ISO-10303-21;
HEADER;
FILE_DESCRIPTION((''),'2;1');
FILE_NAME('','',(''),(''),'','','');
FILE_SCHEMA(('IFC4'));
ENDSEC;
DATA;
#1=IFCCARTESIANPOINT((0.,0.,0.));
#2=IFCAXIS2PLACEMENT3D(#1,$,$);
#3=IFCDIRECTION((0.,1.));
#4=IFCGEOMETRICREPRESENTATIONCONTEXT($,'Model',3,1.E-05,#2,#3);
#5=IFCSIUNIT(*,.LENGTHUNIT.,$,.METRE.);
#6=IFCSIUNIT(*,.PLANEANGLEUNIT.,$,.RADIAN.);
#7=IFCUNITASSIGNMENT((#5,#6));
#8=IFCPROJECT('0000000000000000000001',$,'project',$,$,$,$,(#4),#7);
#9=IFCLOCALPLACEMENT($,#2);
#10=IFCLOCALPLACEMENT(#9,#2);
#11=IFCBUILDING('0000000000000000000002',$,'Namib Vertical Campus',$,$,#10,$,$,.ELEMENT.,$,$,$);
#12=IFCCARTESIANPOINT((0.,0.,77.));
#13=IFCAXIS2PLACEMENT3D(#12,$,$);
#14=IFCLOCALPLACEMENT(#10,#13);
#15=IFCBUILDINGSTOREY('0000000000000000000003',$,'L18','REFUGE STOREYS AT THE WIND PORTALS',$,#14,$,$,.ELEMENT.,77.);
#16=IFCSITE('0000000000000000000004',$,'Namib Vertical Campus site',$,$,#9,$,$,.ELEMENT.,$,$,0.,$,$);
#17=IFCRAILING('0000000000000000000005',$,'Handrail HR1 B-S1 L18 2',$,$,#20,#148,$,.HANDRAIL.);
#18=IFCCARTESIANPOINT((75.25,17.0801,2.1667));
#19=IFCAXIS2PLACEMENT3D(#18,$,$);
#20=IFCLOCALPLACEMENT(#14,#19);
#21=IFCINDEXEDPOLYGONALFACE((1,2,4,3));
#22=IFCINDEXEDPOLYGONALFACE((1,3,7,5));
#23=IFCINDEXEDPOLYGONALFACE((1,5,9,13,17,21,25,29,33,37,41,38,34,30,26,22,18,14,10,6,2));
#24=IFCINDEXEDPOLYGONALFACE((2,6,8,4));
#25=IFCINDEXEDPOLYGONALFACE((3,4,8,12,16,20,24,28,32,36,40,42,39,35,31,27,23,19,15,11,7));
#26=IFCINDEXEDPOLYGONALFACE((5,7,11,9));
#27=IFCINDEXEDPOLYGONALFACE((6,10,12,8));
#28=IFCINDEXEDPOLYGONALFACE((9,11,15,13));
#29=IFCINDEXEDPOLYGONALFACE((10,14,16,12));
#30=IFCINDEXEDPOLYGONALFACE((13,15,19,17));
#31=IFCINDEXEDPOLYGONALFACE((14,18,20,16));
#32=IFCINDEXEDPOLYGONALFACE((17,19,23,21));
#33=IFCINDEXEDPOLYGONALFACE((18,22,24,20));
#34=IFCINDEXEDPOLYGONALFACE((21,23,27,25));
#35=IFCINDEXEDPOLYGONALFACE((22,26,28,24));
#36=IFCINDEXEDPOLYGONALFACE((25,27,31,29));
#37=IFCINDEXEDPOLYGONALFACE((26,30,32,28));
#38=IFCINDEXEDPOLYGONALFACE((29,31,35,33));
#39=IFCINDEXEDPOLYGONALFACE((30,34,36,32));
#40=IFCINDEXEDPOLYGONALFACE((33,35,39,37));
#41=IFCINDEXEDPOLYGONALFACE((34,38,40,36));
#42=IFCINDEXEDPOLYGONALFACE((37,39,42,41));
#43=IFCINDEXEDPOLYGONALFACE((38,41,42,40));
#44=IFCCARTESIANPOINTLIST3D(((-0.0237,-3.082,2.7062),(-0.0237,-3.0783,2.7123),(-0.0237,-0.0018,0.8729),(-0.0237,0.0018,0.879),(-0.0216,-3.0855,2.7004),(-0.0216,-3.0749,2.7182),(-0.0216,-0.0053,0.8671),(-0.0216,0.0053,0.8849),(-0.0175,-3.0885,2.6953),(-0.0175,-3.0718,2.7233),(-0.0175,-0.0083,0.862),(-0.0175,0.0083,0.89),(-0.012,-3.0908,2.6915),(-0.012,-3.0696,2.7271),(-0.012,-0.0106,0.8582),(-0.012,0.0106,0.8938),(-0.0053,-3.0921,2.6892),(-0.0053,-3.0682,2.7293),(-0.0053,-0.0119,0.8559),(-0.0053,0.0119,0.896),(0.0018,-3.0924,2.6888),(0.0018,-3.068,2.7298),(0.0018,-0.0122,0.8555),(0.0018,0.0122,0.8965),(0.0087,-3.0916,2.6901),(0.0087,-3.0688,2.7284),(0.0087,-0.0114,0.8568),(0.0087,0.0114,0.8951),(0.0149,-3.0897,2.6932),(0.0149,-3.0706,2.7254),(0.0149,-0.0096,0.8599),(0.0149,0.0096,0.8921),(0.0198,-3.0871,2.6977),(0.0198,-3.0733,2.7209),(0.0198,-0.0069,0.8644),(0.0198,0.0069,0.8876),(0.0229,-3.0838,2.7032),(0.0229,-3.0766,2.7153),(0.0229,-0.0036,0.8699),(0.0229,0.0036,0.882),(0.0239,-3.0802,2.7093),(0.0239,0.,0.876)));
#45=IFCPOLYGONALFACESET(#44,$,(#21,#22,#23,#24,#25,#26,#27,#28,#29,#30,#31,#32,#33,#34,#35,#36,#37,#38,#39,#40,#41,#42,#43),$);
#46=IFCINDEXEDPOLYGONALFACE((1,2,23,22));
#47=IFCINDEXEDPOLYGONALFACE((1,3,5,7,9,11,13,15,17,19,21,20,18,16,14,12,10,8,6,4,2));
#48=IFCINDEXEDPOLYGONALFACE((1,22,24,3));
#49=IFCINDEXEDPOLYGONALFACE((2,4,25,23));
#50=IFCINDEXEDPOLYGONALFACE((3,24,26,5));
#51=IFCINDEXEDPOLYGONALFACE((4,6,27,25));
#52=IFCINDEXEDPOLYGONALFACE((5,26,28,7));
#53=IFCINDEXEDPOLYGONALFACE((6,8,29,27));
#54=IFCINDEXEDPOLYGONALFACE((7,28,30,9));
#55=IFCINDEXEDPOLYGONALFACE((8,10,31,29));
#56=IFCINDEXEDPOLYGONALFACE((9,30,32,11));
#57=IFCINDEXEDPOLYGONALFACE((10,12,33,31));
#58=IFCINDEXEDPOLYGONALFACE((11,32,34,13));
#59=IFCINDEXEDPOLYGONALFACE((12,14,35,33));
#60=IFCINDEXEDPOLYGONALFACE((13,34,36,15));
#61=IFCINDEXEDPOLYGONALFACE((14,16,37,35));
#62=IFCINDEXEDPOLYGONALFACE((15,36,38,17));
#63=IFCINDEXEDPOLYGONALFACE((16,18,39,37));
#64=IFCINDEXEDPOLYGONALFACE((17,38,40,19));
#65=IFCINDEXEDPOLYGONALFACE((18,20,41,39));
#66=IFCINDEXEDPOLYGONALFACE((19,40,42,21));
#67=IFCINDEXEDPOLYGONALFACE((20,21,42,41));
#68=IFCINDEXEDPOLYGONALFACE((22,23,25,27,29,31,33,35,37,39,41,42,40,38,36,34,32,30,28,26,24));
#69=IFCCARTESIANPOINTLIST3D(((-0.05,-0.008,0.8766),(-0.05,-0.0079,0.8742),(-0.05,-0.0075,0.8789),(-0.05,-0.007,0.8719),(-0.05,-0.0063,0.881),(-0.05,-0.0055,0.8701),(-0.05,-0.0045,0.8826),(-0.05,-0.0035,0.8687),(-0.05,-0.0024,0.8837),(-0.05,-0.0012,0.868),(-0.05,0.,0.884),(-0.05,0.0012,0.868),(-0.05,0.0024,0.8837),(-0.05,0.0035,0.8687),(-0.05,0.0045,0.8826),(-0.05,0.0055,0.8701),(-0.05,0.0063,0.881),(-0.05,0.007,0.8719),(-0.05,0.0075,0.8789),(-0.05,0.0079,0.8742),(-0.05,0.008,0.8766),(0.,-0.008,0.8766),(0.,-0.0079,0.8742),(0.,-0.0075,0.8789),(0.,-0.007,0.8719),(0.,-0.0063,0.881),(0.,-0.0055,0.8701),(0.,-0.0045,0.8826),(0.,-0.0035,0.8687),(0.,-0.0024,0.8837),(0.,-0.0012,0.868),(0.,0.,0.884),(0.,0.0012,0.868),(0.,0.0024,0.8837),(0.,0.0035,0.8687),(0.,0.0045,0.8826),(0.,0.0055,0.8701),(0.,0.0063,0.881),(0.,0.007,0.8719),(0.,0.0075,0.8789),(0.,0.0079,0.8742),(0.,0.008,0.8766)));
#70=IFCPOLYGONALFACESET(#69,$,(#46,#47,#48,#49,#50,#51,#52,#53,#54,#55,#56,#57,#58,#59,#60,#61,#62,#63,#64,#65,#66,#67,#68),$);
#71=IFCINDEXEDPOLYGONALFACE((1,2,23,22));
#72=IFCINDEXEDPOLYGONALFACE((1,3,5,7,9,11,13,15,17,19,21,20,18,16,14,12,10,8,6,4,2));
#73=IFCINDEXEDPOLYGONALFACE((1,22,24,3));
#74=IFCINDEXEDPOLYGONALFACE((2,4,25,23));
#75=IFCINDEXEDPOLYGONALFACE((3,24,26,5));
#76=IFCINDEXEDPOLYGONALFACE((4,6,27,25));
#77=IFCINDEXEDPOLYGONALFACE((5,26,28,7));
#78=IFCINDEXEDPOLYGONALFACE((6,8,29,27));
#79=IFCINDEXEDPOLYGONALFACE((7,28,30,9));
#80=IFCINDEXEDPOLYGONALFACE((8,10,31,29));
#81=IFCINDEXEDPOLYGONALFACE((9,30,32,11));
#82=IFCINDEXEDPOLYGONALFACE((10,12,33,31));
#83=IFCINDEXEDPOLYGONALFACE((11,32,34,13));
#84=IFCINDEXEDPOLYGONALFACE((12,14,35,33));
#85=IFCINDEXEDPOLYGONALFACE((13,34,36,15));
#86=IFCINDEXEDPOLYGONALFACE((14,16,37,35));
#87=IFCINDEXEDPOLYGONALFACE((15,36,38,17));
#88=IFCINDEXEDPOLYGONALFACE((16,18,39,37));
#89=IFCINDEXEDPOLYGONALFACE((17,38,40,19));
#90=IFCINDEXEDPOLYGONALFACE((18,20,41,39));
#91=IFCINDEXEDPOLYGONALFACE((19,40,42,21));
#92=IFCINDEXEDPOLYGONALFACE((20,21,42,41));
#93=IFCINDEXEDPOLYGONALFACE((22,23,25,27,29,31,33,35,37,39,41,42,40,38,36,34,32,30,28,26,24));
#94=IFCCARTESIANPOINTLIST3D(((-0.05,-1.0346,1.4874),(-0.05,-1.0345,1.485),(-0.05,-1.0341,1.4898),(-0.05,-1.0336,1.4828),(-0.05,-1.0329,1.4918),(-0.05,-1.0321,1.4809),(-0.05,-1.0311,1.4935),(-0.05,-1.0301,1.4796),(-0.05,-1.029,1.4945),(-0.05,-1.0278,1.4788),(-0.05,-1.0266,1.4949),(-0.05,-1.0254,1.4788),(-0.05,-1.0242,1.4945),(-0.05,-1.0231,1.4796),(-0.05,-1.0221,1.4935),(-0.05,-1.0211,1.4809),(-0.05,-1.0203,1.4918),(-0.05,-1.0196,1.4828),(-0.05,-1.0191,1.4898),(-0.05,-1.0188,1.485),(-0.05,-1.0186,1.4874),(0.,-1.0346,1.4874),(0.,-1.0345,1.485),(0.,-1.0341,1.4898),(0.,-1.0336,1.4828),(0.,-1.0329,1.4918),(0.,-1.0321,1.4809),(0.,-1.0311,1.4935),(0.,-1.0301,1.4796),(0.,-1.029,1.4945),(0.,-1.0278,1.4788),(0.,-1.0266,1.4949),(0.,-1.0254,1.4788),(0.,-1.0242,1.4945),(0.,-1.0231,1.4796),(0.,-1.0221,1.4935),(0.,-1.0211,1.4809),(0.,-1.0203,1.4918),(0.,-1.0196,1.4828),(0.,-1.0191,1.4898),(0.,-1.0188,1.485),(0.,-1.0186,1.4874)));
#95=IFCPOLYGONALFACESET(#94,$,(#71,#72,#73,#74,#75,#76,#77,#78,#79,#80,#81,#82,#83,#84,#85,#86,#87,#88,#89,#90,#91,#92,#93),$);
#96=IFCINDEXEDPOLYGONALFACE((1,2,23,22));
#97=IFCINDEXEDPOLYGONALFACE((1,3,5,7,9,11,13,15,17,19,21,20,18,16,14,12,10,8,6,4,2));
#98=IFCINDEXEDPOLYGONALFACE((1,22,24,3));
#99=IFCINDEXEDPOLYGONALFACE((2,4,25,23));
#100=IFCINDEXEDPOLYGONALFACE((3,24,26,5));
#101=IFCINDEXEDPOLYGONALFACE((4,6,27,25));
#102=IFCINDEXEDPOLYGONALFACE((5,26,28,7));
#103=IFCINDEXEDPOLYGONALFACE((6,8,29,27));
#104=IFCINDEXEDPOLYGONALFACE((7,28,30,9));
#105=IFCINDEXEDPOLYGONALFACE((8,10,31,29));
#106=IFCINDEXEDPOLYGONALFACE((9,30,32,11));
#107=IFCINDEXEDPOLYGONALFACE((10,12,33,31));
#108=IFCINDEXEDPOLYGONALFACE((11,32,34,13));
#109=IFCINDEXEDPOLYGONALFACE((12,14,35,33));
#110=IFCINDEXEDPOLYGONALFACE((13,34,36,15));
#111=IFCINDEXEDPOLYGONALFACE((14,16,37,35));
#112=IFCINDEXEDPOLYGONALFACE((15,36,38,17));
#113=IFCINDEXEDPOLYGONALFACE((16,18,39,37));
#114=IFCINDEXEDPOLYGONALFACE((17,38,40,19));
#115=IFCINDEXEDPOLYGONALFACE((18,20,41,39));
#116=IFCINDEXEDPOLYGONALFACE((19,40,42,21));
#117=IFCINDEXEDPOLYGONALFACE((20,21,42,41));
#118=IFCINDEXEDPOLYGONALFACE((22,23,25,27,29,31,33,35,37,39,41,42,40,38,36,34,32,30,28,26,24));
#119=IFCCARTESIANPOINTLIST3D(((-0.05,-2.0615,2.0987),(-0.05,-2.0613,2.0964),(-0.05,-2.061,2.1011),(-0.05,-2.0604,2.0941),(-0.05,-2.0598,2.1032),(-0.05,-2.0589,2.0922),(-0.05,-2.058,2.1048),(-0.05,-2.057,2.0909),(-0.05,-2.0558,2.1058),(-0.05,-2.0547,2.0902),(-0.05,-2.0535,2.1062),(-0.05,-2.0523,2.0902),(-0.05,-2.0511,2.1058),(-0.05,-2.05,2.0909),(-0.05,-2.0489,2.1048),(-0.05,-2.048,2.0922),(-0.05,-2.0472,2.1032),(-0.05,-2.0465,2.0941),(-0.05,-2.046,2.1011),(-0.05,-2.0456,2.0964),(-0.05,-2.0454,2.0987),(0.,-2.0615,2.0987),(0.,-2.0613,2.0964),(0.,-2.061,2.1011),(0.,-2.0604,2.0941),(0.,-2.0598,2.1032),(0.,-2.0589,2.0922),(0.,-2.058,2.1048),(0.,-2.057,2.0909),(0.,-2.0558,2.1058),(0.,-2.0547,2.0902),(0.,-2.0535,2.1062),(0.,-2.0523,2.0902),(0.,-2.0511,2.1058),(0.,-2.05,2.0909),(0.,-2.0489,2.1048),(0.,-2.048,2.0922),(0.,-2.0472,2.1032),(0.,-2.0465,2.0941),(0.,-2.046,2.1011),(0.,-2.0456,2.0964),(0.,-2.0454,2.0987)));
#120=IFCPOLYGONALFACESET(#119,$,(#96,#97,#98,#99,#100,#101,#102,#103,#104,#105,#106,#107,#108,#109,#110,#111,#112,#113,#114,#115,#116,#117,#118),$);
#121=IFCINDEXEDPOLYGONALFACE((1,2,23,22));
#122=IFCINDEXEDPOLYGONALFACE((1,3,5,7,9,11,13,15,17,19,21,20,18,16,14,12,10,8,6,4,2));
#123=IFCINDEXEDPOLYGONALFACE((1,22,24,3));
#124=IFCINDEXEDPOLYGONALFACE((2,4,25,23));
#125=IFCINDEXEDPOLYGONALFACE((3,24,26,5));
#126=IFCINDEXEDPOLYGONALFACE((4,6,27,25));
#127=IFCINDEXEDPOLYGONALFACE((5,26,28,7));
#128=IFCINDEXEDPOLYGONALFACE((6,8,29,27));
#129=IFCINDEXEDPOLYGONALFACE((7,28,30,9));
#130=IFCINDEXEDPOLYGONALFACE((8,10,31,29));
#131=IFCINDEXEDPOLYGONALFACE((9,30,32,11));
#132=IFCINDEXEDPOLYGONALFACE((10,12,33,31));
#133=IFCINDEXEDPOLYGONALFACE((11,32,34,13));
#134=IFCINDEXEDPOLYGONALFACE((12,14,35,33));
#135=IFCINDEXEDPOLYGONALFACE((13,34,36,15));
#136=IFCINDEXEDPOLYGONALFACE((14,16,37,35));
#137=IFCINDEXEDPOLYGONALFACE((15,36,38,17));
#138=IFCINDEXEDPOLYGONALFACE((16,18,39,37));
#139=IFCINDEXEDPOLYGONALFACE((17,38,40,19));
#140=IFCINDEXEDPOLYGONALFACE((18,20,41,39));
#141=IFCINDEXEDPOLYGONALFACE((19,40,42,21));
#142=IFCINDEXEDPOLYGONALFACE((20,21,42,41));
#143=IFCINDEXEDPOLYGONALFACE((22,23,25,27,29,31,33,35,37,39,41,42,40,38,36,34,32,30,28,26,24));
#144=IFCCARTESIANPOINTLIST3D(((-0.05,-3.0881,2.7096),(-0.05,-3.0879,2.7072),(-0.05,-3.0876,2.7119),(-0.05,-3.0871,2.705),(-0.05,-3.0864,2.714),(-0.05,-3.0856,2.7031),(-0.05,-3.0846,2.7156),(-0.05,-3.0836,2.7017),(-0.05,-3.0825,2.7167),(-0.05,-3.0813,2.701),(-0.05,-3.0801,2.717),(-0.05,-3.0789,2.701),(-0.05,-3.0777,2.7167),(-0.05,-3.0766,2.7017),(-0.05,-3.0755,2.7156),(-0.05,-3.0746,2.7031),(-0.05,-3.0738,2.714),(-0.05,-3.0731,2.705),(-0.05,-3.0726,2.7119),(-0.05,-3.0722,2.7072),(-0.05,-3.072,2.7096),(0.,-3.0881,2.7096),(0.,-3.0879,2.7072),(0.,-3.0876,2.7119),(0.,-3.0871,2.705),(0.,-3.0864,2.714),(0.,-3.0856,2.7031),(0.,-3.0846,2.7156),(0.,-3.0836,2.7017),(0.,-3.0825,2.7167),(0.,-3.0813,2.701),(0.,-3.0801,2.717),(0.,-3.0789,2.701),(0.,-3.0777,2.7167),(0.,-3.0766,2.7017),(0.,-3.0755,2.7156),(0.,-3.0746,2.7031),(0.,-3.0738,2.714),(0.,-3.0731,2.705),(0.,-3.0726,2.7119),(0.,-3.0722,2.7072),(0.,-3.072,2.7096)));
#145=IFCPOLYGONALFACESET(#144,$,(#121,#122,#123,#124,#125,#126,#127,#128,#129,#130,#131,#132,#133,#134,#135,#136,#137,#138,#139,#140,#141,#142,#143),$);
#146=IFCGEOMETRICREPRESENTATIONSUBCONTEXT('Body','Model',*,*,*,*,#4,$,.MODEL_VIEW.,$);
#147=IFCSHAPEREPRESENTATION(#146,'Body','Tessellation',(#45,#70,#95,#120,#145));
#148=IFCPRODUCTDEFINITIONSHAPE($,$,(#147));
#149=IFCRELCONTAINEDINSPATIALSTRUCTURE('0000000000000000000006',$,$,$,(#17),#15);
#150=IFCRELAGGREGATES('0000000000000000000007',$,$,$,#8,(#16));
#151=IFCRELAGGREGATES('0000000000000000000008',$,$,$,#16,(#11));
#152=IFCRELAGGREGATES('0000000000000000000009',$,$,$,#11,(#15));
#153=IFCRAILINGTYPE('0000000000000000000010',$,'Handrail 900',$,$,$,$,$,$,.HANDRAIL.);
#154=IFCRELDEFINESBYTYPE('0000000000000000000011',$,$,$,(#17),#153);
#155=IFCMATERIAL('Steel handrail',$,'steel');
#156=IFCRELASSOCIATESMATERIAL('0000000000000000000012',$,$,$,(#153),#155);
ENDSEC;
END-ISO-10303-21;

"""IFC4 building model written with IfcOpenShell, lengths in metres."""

from ifc_helpers import new_model, si_unit, direction, frame, origin, origin_2d, place, context, subcontext, project, spatial, circle, extrude, material, type_object, element, save


model = new_model("IFC4")

# Units and contexts
model_context = context("Model", 3, precision=1e-05, world=origin(), true_north=direction((0.0, 1.0)))
body_context = subcontext(model_context, "Body", "Model", "MODEL_VIEW")
ifc_project = project(units=[si_unit("LENGTHUNIT", "METRE"), si_unit("PLANEANGLEUNIT", "RADIAN")], contexts=[model_context])

# Site, building, storey
site_placement = place(None, origin())
site = spatial("IfcSite", under=ifc_project, at=site_placement, Name="Namib Vertical Campus site", CompositionType="ELEMENT", RefElevation=0.0)
building_placement = place(site_placement, origin())
building = spatial("IfcBuilding", under=site, at=building_placement, Name="Namib Vertical Campus", CompositionType="ELEMENT")
storey_placement = place(building_placement, frame((0.0, 0.0, 77.0)))
storey = spatial("IfcBuildingStorey", under=building, at=storey_placement, Name="L18", Description="REFUGE STOREYS AT THE WIND PORTALS", CompositionType="ELEMENT", Elevation=77.0)

# Railing
ifc_material_1 = material(Name="Steel handrail", Category="steel")
railing_type_1 = type_object("IfcRailingType", Name="Handrail 900", PredefinedType="HANDRAIL", material=ifc_material_1)
railing_1_placement = place(storey_placement, frame((75.25, 17.0801, 2.1667)))
element("IfcRailing", 1, at=railing_1_placement, inside=storey, type_object=railing_type_1, Name="Handrail HR1 B-S1 L18 2", PredefinedType="HANDRAIL", context=body_context, shape_type="SweptSolid", body=[
    extrude(circle(Radius=0.0239, at=origin_2d()), frame((0.0, 0.0, 0.876), z_axis=(0.0, -0.859309, 0.511458), x_axis=(1.0, 0.0, 0.0)), (0.0, 0.0, 1.0), 3.5845),
    extrude(circle(Radius=0.0081, at=origin_2d()), frame((0.0, 0.0, 0.876), z_axis=(-1.0, 0.0, 0.0), x_axis=(0.0, 0.0, 1.0)), (0.0, 0.0, 1.0), 0.05),
    extrude(circle(Radius=0.0081, at=origin_2d()), frame((0.0, -1.0266, 1.4868), z_axis=(-1.0, 0.0, 0.0), x_axis=(0.0, 0.0, 1.0)), (0.0, 0.0, 1.0), 0.05),
    extrude(circle(Radius=0.0081, at=origin_2d()), frame((0.0, -2.0535, 2.0981), z_axis=(-1.0, 0.0, 0.0), x_axis=(0.0, 0.0, 1.0)), (0.0, 0.0, 1.0), 0.05),
    extrude(circle(Radius=0.0081, at=origin_2d()), frame((0.0, -3.0801, 2.709), z_axis=(-1.0, 0.0, 0.0), x_axis=(0.0, 0.0, 1.0)), (0.0, 0.0, 1.0), 0.05),
])

save(model, "model.ifc")
